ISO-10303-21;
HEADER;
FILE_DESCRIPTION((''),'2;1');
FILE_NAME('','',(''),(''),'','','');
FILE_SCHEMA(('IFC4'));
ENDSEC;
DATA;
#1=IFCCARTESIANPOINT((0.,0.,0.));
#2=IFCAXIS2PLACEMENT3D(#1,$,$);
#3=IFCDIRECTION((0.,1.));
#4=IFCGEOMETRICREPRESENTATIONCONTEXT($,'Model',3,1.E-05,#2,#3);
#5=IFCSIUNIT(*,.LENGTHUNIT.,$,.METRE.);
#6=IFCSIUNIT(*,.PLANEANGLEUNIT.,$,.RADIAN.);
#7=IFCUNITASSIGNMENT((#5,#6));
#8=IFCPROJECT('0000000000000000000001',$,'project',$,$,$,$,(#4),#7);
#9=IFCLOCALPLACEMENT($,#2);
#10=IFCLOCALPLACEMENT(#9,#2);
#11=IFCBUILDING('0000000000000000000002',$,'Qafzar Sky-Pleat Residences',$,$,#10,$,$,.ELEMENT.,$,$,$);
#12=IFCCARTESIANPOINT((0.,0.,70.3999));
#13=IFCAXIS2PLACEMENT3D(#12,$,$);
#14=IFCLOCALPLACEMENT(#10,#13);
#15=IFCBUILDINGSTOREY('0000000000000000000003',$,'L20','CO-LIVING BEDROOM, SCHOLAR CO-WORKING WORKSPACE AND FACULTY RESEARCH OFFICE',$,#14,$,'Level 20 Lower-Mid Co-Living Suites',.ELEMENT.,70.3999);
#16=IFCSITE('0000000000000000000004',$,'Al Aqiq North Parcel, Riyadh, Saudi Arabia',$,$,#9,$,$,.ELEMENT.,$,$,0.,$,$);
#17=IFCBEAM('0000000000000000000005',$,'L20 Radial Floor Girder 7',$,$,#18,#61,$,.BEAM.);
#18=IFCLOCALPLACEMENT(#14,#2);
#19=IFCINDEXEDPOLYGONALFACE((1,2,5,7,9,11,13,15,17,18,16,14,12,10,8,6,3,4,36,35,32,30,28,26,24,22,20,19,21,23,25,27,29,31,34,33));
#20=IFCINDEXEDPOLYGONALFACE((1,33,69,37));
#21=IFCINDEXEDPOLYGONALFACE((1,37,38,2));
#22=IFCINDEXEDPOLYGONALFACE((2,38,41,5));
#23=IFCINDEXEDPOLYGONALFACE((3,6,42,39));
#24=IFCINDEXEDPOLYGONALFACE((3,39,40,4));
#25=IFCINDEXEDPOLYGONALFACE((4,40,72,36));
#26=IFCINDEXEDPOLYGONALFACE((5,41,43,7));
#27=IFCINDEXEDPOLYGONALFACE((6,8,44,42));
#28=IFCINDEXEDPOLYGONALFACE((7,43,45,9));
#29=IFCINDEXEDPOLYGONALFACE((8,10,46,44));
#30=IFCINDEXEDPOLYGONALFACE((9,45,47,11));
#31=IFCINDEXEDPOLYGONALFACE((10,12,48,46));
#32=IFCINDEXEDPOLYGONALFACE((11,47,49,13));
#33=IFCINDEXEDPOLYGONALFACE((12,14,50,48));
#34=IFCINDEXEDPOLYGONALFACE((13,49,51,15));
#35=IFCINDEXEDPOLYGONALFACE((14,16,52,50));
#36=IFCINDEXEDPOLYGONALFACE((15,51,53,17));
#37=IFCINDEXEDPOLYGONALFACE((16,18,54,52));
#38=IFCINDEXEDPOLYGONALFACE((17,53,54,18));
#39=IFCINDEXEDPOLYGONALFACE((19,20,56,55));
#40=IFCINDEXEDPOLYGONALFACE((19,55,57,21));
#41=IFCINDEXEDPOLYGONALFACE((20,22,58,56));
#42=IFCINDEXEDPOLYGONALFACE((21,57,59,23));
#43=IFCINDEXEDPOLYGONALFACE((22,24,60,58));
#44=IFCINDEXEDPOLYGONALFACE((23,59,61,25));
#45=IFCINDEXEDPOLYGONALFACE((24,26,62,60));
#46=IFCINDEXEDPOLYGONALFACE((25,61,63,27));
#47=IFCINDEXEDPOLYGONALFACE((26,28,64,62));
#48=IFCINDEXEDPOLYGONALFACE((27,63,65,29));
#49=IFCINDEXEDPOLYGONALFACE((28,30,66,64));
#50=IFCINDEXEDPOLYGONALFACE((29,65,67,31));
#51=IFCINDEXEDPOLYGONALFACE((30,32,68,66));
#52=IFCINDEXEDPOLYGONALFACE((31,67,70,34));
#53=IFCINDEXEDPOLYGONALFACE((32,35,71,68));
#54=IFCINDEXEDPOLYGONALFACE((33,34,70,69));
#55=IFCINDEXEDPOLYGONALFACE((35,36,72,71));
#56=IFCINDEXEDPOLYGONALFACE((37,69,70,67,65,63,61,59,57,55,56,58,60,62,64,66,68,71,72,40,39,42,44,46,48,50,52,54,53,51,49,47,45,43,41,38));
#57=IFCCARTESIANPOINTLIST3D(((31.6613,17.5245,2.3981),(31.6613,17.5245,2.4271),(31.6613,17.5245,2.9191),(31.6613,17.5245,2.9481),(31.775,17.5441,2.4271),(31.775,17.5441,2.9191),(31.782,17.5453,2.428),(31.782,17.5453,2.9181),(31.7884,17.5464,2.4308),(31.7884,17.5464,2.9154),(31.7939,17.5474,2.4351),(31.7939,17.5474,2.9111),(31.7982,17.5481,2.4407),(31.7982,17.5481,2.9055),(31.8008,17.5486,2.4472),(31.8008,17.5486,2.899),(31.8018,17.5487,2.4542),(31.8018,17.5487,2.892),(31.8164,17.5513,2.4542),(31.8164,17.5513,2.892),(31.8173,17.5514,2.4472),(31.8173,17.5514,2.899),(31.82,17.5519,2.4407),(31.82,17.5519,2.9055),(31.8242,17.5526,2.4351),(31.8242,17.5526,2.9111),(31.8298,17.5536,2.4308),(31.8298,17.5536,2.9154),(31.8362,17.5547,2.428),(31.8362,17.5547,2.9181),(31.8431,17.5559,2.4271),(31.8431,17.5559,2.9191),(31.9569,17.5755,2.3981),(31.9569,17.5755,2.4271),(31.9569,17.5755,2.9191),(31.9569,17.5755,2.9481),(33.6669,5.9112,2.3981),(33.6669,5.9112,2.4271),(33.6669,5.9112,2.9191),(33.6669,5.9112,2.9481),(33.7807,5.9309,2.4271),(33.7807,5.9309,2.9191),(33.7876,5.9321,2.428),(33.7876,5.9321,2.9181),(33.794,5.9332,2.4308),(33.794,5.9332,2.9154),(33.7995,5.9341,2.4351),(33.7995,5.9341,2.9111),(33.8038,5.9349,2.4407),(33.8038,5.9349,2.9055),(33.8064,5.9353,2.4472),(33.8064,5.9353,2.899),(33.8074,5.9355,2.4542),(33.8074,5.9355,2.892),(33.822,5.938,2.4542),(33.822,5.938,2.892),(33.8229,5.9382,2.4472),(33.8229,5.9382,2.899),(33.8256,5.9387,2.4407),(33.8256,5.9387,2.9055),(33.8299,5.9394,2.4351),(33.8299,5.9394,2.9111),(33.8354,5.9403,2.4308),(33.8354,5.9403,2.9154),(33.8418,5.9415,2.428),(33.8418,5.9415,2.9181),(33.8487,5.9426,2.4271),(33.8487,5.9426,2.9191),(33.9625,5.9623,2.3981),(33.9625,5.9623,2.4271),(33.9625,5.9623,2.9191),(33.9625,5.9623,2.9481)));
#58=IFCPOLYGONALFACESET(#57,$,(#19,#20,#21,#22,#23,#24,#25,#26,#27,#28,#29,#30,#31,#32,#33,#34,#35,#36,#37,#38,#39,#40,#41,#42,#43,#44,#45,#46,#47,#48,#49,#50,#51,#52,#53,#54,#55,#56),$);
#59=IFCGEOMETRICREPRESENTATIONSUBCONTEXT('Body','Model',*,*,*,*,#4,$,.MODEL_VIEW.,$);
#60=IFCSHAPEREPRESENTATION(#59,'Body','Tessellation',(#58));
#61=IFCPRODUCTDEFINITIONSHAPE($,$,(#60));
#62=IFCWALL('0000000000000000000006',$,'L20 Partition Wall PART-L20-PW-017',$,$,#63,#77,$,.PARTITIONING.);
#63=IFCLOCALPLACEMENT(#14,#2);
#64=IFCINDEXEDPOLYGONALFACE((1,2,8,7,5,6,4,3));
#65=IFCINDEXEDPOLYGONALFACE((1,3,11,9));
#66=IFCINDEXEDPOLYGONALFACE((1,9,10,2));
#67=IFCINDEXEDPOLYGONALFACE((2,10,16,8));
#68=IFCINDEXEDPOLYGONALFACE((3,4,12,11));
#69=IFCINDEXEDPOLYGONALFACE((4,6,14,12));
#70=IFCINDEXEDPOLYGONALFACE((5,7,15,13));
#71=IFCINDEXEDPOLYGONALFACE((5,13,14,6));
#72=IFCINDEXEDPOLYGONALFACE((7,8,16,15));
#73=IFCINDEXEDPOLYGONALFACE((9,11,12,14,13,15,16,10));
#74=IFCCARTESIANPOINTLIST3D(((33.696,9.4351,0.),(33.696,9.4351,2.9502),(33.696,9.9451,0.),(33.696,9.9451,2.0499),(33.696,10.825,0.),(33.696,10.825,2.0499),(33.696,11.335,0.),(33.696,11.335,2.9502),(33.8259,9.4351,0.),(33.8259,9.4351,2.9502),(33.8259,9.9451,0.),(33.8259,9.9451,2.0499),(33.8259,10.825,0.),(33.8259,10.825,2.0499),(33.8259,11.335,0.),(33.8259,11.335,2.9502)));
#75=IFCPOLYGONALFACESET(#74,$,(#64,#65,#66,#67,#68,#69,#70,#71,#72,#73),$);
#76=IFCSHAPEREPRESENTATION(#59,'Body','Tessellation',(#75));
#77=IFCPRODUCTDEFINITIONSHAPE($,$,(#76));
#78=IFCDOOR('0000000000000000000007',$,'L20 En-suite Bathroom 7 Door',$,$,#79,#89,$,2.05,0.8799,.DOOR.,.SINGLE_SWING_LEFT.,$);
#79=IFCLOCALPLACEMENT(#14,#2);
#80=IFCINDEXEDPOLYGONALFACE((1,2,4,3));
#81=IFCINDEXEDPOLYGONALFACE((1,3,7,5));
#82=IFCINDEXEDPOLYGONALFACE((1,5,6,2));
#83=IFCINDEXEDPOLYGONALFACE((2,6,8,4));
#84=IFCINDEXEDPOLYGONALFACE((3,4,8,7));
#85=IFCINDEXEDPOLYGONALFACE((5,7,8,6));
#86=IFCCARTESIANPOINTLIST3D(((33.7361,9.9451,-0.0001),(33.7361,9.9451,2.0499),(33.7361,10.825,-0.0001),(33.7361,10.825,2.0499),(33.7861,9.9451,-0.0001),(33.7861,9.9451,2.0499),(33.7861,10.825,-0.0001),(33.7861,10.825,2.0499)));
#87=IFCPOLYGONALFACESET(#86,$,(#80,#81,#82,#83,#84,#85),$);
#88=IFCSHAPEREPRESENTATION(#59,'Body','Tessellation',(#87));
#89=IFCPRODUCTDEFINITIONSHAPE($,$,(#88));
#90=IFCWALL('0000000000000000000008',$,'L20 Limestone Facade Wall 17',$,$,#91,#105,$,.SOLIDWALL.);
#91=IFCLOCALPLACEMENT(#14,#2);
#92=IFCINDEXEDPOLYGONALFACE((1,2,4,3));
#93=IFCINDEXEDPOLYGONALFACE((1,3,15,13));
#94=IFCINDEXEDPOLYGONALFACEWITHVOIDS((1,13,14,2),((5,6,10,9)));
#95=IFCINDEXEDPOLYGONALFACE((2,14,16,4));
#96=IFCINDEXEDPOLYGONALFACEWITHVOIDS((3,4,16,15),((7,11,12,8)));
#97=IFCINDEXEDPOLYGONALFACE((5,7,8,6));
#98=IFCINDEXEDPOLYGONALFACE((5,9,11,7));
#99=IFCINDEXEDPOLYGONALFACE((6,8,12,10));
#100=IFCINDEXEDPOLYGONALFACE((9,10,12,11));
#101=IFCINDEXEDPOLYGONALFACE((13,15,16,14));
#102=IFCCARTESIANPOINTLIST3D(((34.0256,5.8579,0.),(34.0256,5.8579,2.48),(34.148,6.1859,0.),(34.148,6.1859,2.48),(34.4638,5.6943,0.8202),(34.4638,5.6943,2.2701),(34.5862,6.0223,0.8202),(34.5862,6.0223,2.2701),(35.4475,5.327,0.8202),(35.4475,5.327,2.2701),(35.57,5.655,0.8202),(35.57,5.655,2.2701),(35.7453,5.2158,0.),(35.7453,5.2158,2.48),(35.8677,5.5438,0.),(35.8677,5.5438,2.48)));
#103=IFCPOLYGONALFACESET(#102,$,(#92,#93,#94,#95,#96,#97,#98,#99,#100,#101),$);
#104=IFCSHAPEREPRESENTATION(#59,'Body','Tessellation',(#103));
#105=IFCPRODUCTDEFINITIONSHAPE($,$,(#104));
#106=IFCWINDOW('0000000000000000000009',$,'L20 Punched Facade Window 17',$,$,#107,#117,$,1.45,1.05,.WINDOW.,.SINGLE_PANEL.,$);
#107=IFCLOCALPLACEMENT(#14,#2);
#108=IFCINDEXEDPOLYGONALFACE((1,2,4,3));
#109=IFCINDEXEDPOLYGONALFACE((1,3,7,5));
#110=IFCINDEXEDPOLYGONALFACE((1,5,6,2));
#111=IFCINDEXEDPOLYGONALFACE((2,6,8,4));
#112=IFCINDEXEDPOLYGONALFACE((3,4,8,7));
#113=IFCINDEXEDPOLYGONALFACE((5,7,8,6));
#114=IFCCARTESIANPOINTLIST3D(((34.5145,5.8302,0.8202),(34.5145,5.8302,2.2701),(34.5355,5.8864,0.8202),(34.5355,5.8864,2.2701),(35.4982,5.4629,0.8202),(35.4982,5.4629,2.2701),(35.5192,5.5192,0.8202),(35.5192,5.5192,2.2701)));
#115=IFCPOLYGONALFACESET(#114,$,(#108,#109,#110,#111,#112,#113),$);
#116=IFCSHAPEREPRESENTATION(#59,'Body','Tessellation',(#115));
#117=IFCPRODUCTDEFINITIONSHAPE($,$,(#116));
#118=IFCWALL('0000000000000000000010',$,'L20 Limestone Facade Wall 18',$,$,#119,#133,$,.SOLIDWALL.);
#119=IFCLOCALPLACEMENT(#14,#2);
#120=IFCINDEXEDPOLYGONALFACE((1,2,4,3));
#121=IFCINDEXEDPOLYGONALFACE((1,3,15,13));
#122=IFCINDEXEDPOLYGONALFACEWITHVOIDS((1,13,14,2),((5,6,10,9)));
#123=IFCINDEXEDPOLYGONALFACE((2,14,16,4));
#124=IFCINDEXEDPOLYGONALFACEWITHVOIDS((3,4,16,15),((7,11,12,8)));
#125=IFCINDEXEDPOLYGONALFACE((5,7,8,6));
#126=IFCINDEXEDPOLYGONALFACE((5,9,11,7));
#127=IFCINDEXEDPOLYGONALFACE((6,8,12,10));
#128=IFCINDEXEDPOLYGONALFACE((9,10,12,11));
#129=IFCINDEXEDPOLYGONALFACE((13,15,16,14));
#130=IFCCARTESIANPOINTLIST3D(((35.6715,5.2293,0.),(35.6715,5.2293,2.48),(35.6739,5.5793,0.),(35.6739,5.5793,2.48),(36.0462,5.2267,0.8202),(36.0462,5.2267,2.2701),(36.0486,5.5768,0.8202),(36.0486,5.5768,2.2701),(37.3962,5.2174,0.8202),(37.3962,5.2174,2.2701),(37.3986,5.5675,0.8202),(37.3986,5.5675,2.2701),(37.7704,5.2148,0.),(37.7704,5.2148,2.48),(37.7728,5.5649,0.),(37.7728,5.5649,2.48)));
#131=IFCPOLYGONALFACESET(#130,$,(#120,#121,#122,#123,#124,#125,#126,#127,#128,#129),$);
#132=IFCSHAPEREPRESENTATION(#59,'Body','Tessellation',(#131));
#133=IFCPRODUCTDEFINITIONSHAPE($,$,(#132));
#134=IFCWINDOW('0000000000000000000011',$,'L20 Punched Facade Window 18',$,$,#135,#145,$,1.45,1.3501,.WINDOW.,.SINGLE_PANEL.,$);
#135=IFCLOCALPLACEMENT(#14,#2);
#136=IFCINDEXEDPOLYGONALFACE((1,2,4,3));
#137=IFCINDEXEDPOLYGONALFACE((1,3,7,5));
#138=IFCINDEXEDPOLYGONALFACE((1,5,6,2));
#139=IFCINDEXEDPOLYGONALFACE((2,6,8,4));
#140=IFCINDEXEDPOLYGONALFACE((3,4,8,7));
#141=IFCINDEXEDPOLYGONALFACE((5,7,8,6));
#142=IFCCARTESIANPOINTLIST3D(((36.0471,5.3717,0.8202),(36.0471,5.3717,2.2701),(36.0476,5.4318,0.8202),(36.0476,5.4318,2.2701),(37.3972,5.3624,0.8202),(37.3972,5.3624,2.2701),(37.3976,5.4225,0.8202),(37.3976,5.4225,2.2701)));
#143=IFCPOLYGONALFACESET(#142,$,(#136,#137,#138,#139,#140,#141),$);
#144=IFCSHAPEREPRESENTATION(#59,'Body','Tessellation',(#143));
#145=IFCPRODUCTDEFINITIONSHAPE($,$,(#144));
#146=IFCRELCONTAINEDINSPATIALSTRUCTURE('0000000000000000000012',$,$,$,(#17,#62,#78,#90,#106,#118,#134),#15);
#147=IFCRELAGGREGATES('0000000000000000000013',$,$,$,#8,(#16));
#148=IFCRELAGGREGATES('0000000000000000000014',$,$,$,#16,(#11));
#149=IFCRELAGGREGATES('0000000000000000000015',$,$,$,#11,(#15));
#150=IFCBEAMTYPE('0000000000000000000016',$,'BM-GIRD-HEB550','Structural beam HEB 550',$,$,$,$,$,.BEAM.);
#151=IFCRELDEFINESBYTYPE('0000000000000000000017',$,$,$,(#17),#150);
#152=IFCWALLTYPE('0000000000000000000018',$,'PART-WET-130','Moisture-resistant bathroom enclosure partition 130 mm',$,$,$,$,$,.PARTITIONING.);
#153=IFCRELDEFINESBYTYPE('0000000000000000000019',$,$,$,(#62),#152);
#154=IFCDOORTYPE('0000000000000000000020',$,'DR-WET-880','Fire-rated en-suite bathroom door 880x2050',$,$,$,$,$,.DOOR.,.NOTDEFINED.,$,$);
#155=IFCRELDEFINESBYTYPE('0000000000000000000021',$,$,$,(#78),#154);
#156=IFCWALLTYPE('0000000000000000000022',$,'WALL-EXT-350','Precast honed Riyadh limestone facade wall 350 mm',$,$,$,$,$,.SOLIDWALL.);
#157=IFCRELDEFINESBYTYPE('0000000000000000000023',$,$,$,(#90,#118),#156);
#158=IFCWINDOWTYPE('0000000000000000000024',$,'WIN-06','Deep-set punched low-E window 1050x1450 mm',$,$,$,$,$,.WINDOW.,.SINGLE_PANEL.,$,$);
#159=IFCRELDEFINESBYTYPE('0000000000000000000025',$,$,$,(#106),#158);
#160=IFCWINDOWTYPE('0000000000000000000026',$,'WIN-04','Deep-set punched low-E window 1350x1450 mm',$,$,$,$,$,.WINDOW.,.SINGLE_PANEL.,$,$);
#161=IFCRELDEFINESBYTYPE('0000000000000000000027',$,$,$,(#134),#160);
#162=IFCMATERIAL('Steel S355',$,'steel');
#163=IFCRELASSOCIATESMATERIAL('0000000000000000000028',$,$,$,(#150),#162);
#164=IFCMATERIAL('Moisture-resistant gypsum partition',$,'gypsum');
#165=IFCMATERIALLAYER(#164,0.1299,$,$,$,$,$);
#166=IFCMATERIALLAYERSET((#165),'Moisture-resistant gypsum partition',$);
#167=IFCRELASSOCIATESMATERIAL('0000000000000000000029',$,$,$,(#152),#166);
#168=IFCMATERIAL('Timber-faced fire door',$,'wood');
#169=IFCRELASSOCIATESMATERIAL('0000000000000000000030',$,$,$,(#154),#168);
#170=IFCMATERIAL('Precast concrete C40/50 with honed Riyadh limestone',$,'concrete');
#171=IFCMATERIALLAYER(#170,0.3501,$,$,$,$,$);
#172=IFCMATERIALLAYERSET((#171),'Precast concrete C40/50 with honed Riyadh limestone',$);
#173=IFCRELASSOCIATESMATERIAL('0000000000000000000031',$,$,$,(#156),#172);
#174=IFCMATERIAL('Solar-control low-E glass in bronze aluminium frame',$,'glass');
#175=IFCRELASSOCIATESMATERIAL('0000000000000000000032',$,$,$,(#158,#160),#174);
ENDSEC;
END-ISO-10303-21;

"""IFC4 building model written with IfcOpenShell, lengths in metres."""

from ifc_helpers import new_model, si_unit, direction, frame, frame_2d, origin, origin_2d, place, context, subcontext, project, spatial, rectangle, i_section, extrude, source, transform, mapped, material, layer, layer_set, material_profile, profile_set, type_object, element, fill, save


model = new_model("IFC4")

# Units and contexts
model_context = context("Model", 3, precision=1e-05, world=origin(), true_north=direction((0.0, 1.0)))
body_context = subcontext(model_context, "Body", "Model", "MODEL_VIEW")
ifc_project = project(units=[si_unit("LENGTHUNIT", "METRE"), si_unit("PLANEANGLEUNIT", "RADIAN")], contexts=[model_context])

# Site, building, storey
site_placement = place(None, origin())
site = spatial("IfcSite", under=ifc_project, at=site_placement, Name="Al Aqiq North Parcel, Riyadh, Saudi Arabia", CompositionType="ELEMENT", RefElevation=0.0)
building_placement = place(site_placement, origin())
building = spatial("IfcBuilding", under=site, at=building_placement, Name="Qafzar Sky-Pleat Residences", CompositionType="ELEMENT")
storey_placement = place(building_placement, frame((0.0, 0.0, 70.3999)))
storey = spatial("IfcBuildingStorey", under=building, at=storey_placement, Name="L20", Description="CO-LIVING BEDROOM, SCHOLAR CO-WORKING WORKSPACE AND FACULTY RESEARCH OFFICE", LongName="Level 20 Lower-Mid Co-Living Suites", CompositionType="ELEMENT", Elevation=70.3999)

# Beam
ifc_material_1 = material(Name="Steel S355", Category="steel")
ifc_material_profile_1 = material_profile(ifc_material_1, i_section(OverallWidth=0.3, OverallDepth=0.55, WebThickness=0.0149, FlangeThickness=0.0291, FilletRadius=0.0271, at=origin_2d()), Name="HEB 550")
ifc_profile_set_1 = profile_set([ifc_material_profile_1], Name="Steel S355")
beam_type_1 = type_object("IfcBeamType", Name="BM-GIRD-HEB550", Description="Structural beam HEB 550", PredefinedType="BEAM", material=ifc_profile_set_1)
shared_shape_1 = source(origin(), body_context, "Body", "SweptSolid", [
    extrude(i_section(OverallWidth=0.3, OverallDepth=0.55, WebThickness=0.0149, FlangeThickness=0.0291, FilletRadius=0.0271, at=origin_2d()), origin(), (0.0, 0.0, 1.0), 11.7852),
])
beam_1_placement = place(storey_placement, frame((33.8147, 5.9368, 2.6731), z_axis=(-0.170181, 0.985413, 0.0), x_axis=(-0.985413, -0.170181, 0.0)))
element("IfcBeam", 1, at=beam_1_placement, inside=storey, type_object=beam_type_1, Name="L20 Radial Floor Girder 7", PredefinedType="BEAM", context=body_context, shape_type="MappedRepresentation", body=[
    mapped(shared_shape_1, transform((0.0, 0.0, 0.0), x_axis=(1.0, 0.0, 0.0), y_axis=(0.0, 1.0, 0.0), z_axis=(0.0, 0.0, 1.0), scale=1.0)),
])

# Wall, opening, door
ifc_material_2 = material(Name="Moisture-resistant gypsum partition", Category="gypsum")
ifc_layer_1 = layer(ifc_material_2, 0.1299)
ifc_layer_set_1 = layer_set([ifc_layer_1], Name="Moisture-resistant gypsum partition")
wall_type_1 = type_object("IfcWallType", Name="PART-WET-130", Description="Moisture-resistant bathroom enclosure partition 130 mm", PredefinedType="PARTITIONING", material=ifc_layer_set_1)
wall_1_placement = place(storey_placement, frame((33.761, 9.4351, 0.0), z_axis=(0.0, 0.0, 1.0), x_axis=(0.0, 1.0, 0.0)))
wall_1 = element("IfcWall", 2, at=wall_1_placement, inside=storey, type_object=wall_type_1, Name="L20 Partition Wall PART-L20-PW-017", PredefinedType="PARTITIONING", context=body_context, shape_type="SweptSolid", body=[
    extrude(rectangle(XDim=1.8999, YDim=0.1299, at=frame_2d((0.95, 0.0))), origin(), (0.0, 0.0, 1.0), 2.9502),
])
opening_1_placement = place(wall_1_placement, frame((0.51, 0.0, 0.0)))
opening_1 = element("IfcOpeningElement", 3, at=opening_1_placement, cuts=wall_1, PredefinedType="OPENING", context=body_context, shape_type="SweptSolid", body=[
    extrude(rectangle(XDim=0.8799, YDim=2.05, at=frame_2d((0.4399, 1.0249))), frame((0.0, 0.075, 0.0), z_axis=(0.0, -1.0, 0.0), x_axis=(1.0, 0.0, 0.0)), (0.0, 0.0, 1.0), 0.1499),
])
ifc_material_3 = material(Name="Timber-faced fire door", Category="wood")
door_type_1 = type_object("IfcDoorType", Name="DR-WET-880", Description="Fire-rated en-suite bathroom door 880x2050", OperationType="NOTDEFINED", PredefinedType="DOOR", material=ifc_material_3)
shared_shape_2 = source(origin(), body_context, "Body", "SweptSolid", [
    extrude(rectangle(XDim=0.8799, YDim=2.05, at=frame_2d((0.4399, 1.0249))), frame((0.0, 0.0249, 0.0), z_axis=(0.0, -1.0, 0.0), x_axis=(1.0, 0.0, 0.0)), (0.0, 0.0, 1.0), 0.05),
])
door_1_placement = place(opening_1_placement, origin())
door_1 = element("IfcDoor", 4, at=door_1_placement, inside=storey, type_object=door_type_1, Name="L20 En-suite Bathroom 7 Door", OperationType="SINGLE_SWING_LEFT", OverallHeight=2.05, OverallWidth=0.8799, PredefinedType="DOOR", context=body_context, shape_type="MappedRepresentation", body=[
    mapped(shared_shape_2, transform((0.0, 0.0, 0.0), x_axis=(1.0, 0.0, 0.0), y_axis=(0.0, 1.0, 0.0), z_axis=(0.0, 0.0, 1.0), scale=1.0)),
])
fill(opening_1, door_1)

# Walls, openings, windows
ifc_material_4 = material(Name="Precast concrete C40/50 with honed Riyadh limestone", Category="concrete")
ifc_layer_2 = layer(ifc_material_4, 0.3501)
ifc_layer_set_2 = layer_set([ifc_layer_2], Name="Precast concrete C40/50 with honed Riyadh limestone")
wall_type_2 = type_object("IfcWallType", Name="WALL-EXT-350", Description="Precast honed Riyadh limestone facade wall 350 mm", PredefinedType="SOLIDWALL", material=ifc_layer_set_2)
wall_2_placement = place(storey_placement, frame((34.0867, 6.022, 0.0), z_axis=(0.0, 0.0, 1.0), x_axis=(0.936831, -0.349782, 0.0)))
wall_2 = element("IfcWall", 5, at=wall_2_placement, inside=storey, type_object=wall_type_2, Name="L20 Limestone Facade Wall 17", PredefinedType="SOLIDWALL", context=body_context, shape_type="SweptSolid", body=[
    extrude(rectangle(XDim=1.8357, YDim=0.3501, at=frame_2d((0.918, 0.0))), origin(), (0.0, 0.0, 1.0), 2.48),
])
opening_2_placement = place(wall_2_placement, frame((0.468, 0.0, 0.8201)))
opening_2 = element("IfcOpeningElement", 6, at=opening_2_placement, cuts=wall_2, PredefinedType="OPENING", context=body_context, shape_type="SweptSolid", body=[
    extrude(rectangle(XDim=1.05, YDim=1.45, at=frame_2d((0.5249, 0.7251))), frame((0.0, 0.1851, 0.0), z_axis=(0.0, -1.0, 0.0), x_axis=(1.0, 0.0, 0.0)), (0.0, 0.0, 1.0), 0.3701),
])
ifc_material_5 = material(Name="Solar-control low-E glass in bronze aluminium frame", Category="glass")
window_type_1 = type_object("IfcWindowType", Name="WIN-06", Description="Deep-set punched low-E window 1050x1450 mm", PartitioningType="SINGLE_PANEL", PredefinedType="WINDOW", material=ifc_material_5)
shared_shape_3 = source(origin(), body_context, "Body", "SweptSolid", [
    extrude(rectangle(XDim=1.05, YDim=1.45, at=frame_2d((0.5249, 0.7251))), frame((0.0, 0.03, 0.0), z_axis=(0.0, -1.0, 0.0), x_axis=(1.0, 0.0, 0.0)), (0.0, 0.0, 1.0), 0.0601),
])
window_1_placement = place(opening_2_placement, origin())
window_1 = element("IfcWindow", 7, at=window_1_placement, inside=storey, type_object=window_type_1, Name="L20 Punched Facade Window 17", OverallHeight=1.45, OverallWidth=1.05, PartitioningType="SINGLE_PANEL", PredefinedType="WINDOW", context=body_context, shape_type="MappedRepresentation", body=[
    mapped(shared_shape_3, transform((0.0, 0.0, 0.0), x_axis=(1.0, 0.0, 0.0), y_axis=(0.0, 1.0, 0.0), z_axis=(0.0, 0.0, 1.0), scale=1.0)),
])
fill(opening_2, window_1)
wall_3_placement = place(storey_placement, frame((35.6729, 5.4043, 0.0), z_axis=(0.0, 0.0, 1.0), x_axis=(0.999976, -0.006863, 0.0)))
wall_3 = element("IfcWall", 8, at=wall_3_placement, inside=storey, type_object=wall_type_2, Name="L20 Limestone Facade Wall 18", PredefinedType="SOLIDWALL", context=body_context, shape_type="SweptSolid", body=[
    extrude(rectangle(XDim=2.0989, YDim=0.3501, at=frame_2d((1.0493, 0.0))), origin(), (0.0, 0.0, 1.0), 2.48),
])
opening_3_placement = place(wall_3_placement, frame((0.3745, 0.0, 0.8201)))
opening_3 = element("IfcOpeningElement", 9, at=opening_3_placement, cuts=wall_3, PredefinedType="OPENING", context=body_context, shape_type="SweptSolid", body=[
    extrude(rectangle(XDim=1.3501, YDim=1.45, at=frame_2d((0.675, 0.7251))), frame((0.0, 0.1851, 0.0), z_axis=(0.0, -1.0, 0.0), x_axis=(1.0, 0.0, 0.0)), (0.0, 0.0, 1.0), 0.3701),
])
window_type_2 = type_object("IfcWindowType", Name="WIN-04", Description="Deep-set punched low-E window 1350x1450 mm", PartitioningType="SINGLE_PANEL", PredefinedType="WINDOW", material=ifc_material_5)
shared_shape_4 = source(origin(), body_context, "Body", "SweptSolid", [
    extrude(rectangle(XDim=1.3501, YDim=1.45, at=frame_2d((0.675, 0.7251))), frame((0.0, 0.03, 0.0), z_axis=(0.0, -1.0, 0.0), x_axis=(1.0, 0.0, 0.0)), (0.0, 0.0, 1.0), 0.0601),
])
window_2_placement = place(opening_3_placement, origin())
window_2 = element("IfcWindow", 10, at=window_2_placement, inside=storey, type_object=window_type_2, Name="L20 Punched Facade Window 18", OverallHeight=1.45, OverallWidth=1.3501, PartitioningType="SINGLE_PANEL", PredefinedType="WINDOW", context=body_context, shape_type="MappedRepresentation", body=[
    mapped(shared_shape_4, transform((0.0, 0.0, 0.0), x_axis=(1.0, 0.0, 0.0), y_axis=(0.0, 1.0, 0.0), z_axis=(0.0, 0.0, 1.0), scale=1.0)),
])
fill(opening_3, window_2)

save(model, "model.ifc")
